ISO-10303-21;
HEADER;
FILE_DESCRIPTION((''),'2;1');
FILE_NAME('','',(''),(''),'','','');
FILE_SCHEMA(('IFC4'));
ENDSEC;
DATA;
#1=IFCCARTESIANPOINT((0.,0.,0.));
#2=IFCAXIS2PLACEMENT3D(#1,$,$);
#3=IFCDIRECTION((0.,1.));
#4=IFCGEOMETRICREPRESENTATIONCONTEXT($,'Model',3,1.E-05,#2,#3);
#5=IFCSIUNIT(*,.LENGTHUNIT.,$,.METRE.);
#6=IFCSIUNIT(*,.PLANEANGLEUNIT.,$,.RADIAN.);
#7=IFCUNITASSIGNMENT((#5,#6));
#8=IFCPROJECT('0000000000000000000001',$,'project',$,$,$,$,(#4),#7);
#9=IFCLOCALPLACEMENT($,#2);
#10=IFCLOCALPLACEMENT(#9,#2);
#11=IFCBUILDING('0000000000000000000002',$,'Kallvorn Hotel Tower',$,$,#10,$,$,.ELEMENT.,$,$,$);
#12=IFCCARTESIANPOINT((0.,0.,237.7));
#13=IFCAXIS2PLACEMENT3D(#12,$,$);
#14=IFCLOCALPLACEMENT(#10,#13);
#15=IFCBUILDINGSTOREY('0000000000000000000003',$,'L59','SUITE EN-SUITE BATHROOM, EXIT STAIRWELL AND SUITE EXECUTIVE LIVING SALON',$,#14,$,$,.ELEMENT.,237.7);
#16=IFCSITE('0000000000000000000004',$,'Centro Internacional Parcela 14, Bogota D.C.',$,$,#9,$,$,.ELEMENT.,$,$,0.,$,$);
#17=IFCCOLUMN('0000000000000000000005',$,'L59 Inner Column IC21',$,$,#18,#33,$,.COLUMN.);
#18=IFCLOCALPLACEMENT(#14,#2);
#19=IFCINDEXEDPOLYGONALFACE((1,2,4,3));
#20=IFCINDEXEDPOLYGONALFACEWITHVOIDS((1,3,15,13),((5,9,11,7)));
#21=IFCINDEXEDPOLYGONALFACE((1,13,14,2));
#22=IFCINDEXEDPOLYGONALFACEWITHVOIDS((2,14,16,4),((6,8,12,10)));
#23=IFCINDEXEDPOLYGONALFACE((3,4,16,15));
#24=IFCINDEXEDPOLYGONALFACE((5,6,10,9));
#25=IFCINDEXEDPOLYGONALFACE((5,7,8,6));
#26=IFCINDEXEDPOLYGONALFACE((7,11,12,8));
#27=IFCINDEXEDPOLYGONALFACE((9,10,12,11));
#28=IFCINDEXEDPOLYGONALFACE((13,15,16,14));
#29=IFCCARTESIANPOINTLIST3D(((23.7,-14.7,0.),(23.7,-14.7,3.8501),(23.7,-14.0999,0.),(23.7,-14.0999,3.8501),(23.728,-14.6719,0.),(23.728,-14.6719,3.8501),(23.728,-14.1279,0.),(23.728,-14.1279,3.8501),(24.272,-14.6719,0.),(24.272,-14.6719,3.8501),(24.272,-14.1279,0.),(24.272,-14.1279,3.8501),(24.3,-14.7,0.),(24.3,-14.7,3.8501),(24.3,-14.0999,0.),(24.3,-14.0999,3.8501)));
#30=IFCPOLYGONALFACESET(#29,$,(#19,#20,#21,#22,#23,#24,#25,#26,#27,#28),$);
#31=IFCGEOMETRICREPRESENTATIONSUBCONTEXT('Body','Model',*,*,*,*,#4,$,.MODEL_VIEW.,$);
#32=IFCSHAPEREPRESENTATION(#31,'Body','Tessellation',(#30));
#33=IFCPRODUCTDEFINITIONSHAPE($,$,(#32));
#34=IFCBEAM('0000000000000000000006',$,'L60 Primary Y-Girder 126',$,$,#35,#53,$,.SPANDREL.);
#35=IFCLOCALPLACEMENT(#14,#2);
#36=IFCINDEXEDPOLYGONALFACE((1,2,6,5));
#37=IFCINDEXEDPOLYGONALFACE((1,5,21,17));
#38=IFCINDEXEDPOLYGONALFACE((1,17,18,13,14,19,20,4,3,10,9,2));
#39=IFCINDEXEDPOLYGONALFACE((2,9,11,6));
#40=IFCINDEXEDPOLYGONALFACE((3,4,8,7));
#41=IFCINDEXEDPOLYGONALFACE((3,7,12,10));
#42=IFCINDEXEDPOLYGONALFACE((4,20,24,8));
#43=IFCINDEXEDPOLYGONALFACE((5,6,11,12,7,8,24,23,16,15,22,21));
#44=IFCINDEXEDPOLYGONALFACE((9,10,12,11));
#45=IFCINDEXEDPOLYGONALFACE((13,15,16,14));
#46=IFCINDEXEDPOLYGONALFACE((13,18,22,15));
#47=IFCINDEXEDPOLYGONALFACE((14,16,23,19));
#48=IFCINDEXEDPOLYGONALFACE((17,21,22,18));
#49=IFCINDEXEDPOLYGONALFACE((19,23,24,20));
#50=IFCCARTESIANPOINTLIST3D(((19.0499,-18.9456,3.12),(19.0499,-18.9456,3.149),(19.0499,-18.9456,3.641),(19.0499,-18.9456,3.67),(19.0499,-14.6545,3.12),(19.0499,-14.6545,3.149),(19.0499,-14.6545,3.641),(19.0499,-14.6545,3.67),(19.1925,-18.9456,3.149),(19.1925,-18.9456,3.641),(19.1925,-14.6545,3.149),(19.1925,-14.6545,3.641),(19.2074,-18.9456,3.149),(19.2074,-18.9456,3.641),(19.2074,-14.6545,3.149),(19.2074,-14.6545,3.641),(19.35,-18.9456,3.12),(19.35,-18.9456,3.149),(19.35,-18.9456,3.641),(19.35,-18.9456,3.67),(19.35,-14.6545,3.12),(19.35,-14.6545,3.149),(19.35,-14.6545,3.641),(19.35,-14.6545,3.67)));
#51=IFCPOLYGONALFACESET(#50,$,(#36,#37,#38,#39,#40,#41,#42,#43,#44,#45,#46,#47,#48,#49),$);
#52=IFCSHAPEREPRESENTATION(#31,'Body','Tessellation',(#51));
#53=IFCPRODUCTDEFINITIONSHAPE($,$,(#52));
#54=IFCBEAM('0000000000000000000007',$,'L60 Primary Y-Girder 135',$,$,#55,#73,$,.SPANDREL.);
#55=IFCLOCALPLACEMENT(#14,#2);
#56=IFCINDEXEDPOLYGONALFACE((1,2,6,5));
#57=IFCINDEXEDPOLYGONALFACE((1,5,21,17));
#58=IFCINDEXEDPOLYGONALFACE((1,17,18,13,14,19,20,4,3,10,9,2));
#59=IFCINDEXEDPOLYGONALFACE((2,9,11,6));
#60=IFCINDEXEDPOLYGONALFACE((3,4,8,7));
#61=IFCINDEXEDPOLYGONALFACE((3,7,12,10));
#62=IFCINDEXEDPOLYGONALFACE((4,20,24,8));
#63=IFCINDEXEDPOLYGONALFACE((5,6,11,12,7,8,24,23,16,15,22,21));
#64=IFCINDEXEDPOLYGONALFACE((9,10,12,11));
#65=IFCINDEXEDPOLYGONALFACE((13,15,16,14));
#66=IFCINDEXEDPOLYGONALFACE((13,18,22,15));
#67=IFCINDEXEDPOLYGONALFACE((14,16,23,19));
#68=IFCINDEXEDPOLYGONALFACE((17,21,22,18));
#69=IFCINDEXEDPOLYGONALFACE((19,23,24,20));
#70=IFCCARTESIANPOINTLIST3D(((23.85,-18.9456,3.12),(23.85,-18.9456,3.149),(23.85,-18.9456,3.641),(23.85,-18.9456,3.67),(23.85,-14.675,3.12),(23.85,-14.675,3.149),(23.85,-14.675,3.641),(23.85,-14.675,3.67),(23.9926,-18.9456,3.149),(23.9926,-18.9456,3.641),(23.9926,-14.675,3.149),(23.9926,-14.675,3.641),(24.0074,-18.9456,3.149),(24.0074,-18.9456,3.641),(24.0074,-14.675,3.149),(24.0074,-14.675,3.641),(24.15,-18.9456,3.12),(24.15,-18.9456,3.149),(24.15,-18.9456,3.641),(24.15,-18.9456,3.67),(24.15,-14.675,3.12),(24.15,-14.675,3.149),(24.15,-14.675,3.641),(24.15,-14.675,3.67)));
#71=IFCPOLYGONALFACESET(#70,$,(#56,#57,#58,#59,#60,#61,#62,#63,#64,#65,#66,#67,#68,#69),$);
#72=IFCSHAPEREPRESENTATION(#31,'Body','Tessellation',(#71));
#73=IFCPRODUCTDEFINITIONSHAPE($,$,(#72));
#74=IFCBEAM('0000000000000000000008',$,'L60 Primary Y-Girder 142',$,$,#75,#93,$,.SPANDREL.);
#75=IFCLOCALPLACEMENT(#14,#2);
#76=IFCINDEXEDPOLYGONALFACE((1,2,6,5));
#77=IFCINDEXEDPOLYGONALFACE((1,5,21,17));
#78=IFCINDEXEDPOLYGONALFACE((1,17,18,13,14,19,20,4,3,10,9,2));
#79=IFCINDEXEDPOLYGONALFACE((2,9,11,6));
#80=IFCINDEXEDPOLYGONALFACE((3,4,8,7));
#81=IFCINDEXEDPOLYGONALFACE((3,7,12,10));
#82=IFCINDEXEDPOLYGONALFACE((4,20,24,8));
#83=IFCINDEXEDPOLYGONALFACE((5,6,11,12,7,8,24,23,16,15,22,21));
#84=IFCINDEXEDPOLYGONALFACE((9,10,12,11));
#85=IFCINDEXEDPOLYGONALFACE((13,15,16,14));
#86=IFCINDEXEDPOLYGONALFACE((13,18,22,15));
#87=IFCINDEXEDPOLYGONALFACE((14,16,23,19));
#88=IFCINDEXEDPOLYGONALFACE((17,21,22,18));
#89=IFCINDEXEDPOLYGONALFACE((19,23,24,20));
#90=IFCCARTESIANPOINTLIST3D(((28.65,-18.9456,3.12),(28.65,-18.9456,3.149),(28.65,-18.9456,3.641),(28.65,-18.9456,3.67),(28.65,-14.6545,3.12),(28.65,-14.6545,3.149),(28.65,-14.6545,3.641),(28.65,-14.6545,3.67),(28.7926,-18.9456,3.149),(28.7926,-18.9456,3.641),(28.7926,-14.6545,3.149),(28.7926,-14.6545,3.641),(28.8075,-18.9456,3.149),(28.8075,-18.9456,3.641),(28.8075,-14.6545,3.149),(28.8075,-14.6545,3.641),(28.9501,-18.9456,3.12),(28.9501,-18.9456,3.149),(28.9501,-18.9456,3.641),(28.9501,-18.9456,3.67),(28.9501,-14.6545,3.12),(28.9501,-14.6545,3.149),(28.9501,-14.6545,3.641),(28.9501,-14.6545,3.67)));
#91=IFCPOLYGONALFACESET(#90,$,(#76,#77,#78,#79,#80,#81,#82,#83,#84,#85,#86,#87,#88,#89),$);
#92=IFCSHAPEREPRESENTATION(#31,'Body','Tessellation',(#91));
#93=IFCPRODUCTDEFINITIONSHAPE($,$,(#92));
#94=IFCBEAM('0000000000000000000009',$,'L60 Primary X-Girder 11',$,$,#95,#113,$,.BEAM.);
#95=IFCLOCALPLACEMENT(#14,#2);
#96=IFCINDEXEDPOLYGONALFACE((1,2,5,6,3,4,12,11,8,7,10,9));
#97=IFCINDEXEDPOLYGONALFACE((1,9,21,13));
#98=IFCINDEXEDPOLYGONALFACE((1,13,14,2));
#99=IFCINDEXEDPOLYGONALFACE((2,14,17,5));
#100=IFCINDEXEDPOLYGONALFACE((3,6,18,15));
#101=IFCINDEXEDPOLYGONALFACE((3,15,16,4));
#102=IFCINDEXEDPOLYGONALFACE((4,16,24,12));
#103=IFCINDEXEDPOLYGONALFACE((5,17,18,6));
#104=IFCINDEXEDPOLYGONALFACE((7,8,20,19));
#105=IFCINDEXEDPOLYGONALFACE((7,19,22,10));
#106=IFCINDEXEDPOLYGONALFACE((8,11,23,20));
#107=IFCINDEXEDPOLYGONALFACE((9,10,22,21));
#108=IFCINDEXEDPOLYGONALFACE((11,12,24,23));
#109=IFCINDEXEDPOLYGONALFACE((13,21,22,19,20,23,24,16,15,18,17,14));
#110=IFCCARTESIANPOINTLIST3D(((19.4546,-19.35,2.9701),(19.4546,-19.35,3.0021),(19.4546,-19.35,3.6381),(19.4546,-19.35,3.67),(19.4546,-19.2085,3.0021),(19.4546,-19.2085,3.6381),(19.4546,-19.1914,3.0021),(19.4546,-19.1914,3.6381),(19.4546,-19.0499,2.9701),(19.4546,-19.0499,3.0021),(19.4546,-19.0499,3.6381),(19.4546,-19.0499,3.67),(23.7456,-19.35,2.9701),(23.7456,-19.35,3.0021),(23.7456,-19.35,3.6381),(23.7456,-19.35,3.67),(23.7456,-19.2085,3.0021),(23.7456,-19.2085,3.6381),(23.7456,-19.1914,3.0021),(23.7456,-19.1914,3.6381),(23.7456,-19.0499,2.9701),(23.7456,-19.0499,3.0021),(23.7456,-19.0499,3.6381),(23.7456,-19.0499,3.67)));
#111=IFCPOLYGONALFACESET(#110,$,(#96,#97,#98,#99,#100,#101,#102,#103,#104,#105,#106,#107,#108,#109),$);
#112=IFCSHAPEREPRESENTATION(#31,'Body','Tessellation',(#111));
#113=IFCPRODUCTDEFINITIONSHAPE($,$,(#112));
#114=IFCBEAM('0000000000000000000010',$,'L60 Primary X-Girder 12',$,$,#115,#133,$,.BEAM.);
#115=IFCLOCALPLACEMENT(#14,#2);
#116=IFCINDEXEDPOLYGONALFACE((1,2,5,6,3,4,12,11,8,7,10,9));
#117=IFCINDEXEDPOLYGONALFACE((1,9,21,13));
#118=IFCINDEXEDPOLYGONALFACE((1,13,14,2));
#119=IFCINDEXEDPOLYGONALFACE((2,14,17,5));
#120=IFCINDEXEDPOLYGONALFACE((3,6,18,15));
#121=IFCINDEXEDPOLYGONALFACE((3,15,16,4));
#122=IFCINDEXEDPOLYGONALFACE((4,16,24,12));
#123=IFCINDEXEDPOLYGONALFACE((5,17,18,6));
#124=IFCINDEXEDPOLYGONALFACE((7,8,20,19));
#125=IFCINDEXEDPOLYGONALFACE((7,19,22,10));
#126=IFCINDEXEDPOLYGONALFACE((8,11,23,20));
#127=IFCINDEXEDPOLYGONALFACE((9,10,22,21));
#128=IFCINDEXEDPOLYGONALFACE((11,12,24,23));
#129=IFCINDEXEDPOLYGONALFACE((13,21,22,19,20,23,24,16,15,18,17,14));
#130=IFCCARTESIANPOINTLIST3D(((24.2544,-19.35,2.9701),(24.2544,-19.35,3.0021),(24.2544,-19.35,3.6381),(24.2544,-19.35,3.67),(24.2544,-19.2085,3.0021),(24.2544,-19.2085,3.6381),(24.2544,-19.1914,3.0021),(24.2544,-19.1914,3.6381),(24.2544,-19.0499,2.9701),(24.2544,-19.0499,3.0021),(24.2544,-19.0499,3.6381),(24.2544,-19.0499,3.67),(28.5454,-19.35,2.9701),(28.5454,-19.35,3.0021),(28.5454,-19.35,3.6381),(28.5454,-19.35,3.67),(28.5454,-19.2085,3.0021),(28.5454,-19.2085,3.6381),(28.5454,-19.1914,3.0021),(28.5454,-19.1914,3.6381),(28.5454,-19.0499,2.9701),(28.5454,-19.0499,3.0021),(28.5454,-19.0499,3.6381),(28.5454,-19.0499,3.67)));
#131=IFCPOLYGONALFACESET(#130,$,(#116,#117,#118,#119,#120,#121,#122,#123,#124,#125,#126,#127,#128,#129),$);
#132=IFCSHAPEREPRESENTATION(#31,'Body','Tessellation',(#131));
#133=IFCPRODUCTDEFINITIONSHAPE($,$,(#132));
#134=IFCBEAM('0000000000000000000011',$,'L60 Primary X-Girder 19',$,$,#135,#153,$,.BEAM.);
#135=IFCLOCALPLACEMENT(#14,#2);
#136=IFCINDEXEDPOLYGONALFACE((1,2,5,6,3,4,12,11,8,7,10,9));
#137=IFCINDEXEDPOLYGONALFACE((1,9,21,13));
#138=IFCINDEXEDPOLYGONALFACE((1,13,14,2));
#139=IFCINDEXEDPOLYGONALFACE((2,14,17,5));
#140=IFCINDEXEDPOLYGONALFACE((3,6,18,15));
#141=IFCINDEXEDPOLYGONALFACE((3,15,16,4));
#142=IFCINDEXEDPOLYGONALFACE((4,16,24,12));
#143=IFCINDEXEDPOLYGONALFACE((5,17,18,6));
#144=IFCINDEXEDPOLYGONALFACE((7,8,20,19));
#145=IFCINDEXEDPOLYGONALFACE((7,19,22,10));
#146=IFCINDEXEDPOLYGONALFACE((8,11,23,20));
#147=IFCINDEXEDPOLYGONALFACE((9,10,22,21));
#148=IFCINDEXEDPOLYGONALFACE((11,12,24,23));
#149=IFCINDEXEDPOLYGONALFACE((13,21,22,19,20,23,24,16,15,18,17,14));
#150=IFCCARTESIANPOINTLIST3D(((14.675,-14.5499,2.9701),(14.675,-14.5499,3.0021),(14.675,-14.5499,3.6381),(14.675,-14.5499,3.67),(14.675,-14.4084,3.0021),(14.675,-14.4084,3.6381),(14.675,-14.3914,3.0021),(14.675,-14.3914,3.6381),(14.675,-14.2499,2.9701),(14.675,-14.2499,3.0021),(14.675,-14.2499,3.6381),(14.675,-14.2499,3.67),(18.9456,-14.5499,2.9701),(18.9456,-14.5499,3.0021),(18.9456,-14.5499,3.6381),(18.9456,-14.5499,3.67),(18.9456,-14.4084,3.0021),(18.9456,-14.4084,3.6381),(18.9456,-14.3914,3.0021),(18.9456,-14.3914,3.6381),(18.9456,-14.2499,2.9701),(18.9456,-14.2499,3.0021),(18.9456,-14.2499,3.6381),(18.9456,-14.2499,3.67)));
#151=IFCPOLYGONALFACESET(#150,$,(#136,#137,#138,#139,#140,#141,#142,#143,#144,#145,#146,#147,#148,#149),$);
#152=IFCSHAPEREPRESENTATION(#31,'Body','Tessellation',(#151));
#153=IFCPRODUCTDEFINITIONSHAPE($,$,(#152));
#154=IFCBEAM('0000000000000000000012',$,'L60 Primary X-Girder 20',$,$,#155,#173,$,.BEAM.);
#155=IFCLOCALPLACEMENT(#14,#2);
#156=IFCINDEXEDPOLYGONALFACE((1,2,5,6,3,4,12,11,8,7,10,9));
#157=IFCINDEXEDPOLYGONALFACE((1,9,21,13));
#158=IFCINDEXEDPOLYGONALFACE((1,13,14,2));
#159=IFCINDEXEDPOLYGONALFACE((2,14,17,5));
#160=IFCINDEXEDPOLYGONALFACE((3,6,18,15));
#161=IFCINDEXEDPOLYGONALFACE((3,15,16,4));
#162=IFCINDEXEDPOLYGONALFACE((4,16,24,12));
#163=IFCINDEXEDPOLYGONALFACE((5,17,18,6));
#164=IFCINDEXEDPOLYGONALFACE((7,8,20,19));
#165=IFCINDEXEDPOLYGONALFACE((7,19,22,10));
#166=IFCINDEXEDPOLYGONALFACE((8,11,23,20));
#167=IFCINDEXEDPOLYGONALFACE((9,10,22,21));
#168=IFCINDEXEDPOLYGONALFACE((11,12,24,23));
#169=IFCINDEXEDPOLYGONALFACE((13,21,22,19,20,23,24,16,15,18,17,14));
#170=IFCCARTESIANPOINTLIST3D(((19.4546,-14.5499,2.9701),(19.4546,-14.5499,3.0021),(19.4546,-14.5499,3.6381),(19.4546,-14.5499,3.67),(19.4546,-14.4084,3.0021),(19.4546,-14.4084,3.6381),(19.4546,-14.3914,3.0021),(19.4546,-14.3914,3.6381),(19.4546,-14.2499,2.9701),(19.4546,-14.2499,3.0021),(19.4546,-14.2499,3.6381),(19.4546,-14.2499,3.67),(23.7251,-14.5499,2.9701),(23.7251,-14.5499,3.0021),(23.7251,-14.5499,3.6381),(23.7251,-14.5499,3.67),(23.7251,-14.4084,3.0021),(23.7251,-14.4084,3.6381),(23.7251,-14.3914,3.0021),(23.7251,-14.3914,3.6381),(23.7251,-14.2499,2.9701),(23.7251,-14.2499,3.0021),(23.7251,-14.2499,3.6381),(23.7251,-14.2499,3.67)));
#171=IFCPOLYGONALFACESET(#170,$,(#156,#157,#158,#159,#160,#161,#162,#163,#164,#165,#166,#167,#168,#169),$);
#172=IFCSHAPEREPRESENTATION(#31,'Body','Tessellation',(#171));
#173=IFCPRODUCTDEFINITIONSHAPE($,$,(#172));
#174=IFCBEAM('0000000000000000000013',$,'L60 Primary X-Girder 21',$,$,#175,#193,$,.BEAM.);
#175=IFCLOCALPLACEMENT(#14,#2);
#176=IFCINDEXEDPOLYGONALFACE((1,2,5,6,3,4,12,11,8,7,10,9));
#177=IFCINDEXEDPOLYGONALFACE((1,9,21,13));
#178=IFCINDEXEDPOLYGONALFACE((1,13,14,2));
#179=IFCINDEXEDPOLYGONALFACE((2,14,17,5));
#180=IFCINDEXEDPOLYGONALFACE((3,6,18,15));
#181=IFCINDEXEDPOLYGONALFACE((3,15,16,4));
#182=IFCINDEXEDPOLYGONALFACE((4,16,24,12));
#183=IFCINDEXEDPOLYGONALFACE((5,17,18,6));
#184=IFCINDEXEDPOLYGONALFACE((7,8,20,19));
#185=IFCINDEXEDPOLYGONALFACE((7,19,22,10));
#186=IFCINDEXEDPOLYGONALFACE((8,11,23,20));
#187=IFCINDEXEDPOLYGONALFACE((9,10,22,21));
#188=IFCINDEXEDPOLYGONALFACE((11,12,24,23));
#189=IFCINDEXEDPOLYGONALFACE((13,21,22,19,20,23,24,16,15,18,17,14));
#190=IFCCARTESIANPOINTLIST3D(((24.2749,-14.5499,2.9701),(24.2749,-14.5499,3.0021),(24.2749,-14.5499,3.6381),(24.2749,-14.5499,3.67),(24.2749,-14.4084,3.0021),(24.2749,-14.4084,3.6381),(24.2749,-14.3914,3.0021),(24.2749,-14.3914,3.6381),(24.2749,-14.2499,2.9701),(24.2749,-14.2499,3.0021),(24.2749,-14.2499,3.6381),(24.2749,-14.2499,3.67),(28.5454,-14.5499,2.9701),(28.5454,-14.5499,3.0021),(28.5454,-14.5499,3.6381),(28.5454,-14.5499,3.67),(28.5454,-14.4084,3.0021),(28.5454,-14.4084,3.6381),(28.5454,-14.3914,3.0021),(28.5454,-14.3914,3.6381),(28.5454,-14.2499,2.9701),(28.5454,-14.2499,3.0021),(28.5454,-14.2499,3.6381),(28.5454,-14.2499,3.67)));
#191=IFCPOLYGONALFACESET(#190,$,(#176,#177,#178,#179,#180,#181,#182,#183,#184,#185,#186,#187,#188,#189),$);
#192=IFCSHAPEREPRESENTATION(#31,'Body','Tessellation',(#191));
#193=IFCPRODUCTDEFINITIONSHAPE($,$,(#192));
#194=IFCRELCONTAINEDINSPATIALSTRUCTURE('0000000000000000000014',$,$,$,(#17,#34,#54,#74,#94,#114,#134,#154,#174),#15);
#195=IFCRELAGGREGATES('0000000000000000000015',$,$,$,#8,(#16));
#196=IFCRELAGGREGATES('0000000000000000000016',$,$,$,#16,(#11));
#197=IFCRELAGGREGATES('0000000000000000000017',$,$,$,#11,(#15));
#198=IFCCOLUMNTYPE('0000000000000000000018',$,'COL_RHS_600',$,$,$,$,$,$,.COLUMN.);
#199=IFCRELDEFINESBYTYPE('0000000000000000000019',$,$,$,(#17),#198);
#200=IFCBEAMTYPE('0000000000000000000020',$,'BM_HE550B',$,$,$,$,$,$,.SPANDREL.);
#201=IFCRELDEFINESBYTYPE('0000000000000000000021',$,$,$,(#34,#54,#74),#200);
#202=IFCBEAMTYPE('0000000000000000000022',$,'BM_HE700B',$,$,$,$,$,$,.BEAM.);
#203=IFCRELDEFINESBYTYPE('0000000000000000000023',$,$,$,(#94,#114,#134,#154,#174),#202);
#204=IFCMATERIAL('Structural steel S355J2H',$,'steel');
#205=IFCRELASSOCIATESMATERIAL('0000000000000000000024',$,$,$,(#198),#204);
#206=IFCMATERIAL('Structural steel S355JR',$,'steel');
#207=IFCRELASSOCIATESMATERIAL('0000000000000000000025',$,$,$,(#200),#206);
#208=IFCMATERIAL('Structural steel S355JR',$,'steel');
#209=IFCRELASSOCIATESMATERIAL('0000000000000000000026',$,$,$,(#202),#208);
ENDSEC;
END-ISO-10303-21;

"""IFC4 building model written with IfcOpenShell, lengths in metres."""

from ifc_helpers import new_model, si_unit, direction, frame, origin, origin_2d, place, context, subcontext, project, spatial, hollow_rectangle, i_section, extrude, material, material_profile, profile_set, type_object, element, save


model = new_model("IFC4")

# Units and contexts
model_context = context("Model", 3, precision=1e-05, world=origin(), true_north=direction((0.0, 1.0)))
body_context = subcontext(model_context, "Body", "Model", "MODEL_VIEW")
ifc_project = project(units=[si_unit("LENGTHUNIT", "METRE"), si_unit("PLANEANGLEUNIT", "RADIAN")], contexts=[model_context])

# Site, building, storey
site_placement = place(None, origin())
site = spatial("IfcSite", under=ifc_project, at=site_placement, Name="Centro Internacional Parcela 14, Bogota D.C.", CompositionType="ELEMENT", RefElevation=0.0)
building_placement = place(site_placement, origin())
building = spatial("IfcBuilding", under=site, at=building_placement, Name="Kallvorn Hotel Tower", CompositionType="ELEMENT")
storey_placement = place(building_placement, frame((0.0, 0.0, 237.7)))
storey = spatial("IfcBuildingStorey", under=building, at=storey_placement, Name="L59", Description="SUITE EN-SUITE BATHROOM, EXIT STAIRWELL AND SUITE EXECUTIVE LIVING SALON", CompositionType="ELEMENT", Elevation=237.7)

# Column
ifc_material_1 = material(Name="Structural steel S355J2H", Category="steel")
ifc_material_profile_1 = material_profile(ifc_material_1, hollow_rectangle(XDim=0.6001, YDim=0.6001, WallThickness=0.0281, at=origin_2d()), Name="RHS 600x600x28")
ifc_profile_set_1 = profile_set([ifc_material_profile_1], Name="Structural steel S355J2H")
column_type_1 = type_object("IfcColumnType", Name="COL_RHS_600", PredefinedType="COLUMN", material=ifc_profile_set_1)
column_placement = place(storey_placement, frame((24.0, -14.3999, 0.0), z_axis=(0.0, 0.0, 1.0), x_axis=(1.0, 0.0, 0.0)))
element("IfcColumn", 1, at=column_placement, inside=storey, type_object=column_type_1, Name="L59 Inner Column IC21", PredefinedType="COLUMN", context=body_context, shape_type="SweptSolid", body=[
    extrude(hollow_rectangle(XDim=0.6001, YDim=0.6001, WallThickness=0.0281, at=origin_2d()), origin(), (0.0, 0.0, 1.0), 3.8501),
])

# Beams
ifc_material_2 = material(Name="Structural steel S355JR", Category="steel")
ifc_material_profile_2 = material_profile(ifc_material_2, i_section(OverallWidth=0.3, OverallDepth=0.55, WebThickness=0.0149, FlangeThickness=0.0291, at=origin_2d()), Name="HE 550 B")
ifc_profile_set_2 = profile_set([ifc_material_profile_2], Name="Structural steel S355JR")
beam_type_1 = type_object("IfcBeamType", Name="BM_HE550B", PredefinedType="SPANDREL", material=ifc_profile_set_2)
beam_1_placement = place(storey_placement, frame((19.2, -18.9456, 3.395), z_axis=(0.0, 1.0, 0.0), x_axis=(-1.0, 0.0, 0.0)))
element("IfcBeam", 2, at=beam_1_placement, inside=storey, type_object=beam_type_1, Name="L60 Primary Y-Girder 126", PredefinedType="SPANDREL", context=body_context, shape_type="SweptSolid", body=[
    extrude(i_section(OverallWidth=0.3, OverallDepth=0.55, WebThickness=0.0149, FlangeThickness=0.0291, at=origin_2d()), origin(), (0.0, 0.0, 1.0), 4.291),
])
beam_2_placement = place(storey_placement, frame((24.0, -18.9456, 3.395), z_axis=(0.0, 1.0, 0.0), x_axis=(-1.0, 0.0, 0.0)))
element("IfcBeam", 3, at=beam_2_placement, inside=storey, type_object=beam_type_1, Name="L60 Primary Y-Girder 135", PredefinedType="SPANDREL", context=body_context, shape_type="SweptSolid", body=[
    extrude(i_section(OverallWidth=0.3, OverallDepth=0.55, WebThickness=0.0149, FlangeThickness=0.0291, at=origin_2d()), origin(), (0.0, 0.0, 1.0), 4.2705),
])
beam_3_placement = place(storey_placement, frame((28.8, -18.9456, 3.395), z_axis=(0.0, 1.0, 0.0), x_axis=(-1.0, 0.0, 0.0)))
element("IfcBeam", 4, at=beam_3_placement, inside=storey, type_object=beam_type_1, Name="L60 Primary Y-Girder 142", PredefinedType="SPANDREL", context=body_context, shape_type="SweptSolid", body=[
    extrude(i_section(OverallWidth=0.3, OverallDepth=0.55, WebThickness=0.0149, FlangeThickness=0.0291, at=origin_2d()), origin(), (0.0, 0.0, 1.0), 4.291),
])
ifc_material_3 = material(Name="Structural steel S355JR", Category="steel")
ifc_material_profile_3 = material_profile(ifc_material_3, i_section(OverallWidth=0.3, OverallDepth=0.7, WebThickness=0.0171, FlangeThickness=0.032, at=origin_2d()), Name="HE 700 B")
ifc_profile_set_3 = profile_set([ifc_material_profile_3], Name="Structural steel S355JR")
beam_type_2 = type_object("IfcBeamType", Name="BM_HE700B", PredefinedType="BEAM", material=ifc_profile_set_3)
for number, where, z_axis, x_axis, name in (
    (5, (19.4546, -19.2, 3.3201), (1.0, 0.0, 0.0), (0.0, 1.0, 0.0), "L60 Primary X-Girder 11"),
    (6, (24.2544, -19.2, 3.3201), (1.0, 0.0, 0.0), (0.0, 1.0, 0.0), "L60 Primary X-Girder 12"),
):
    element("IfcBeam", number, at=place(storey_placement, frame(where, z_axis=z_axis, x_axis=x_axis)), inside=storey, type_object=beam_type_2, Name=name, PredefinedType="BEAM", context=body_context, shape_type="SweptSolid", body=[
        extrude(i_section(OverallWidth=0.3, OverallDepth=0.7, WebThickness=0.0171, FlangeThickness=0.032, at=origin_2d()), origin(), (0.0, 0.0, 1.0), 4.291),
    ])
for number, where, z_axis, x_axis, name in (
    (7, (14.675, -14.3999, 3.3201), (1.0, 0.0, 0.0), (0.0, 1.0, 0.0), "L60 Primary X-Girder 19"),
    (8, (19.4546, -14.3999, 3.3201), (1.0, 0.0, 0.0), (0.0, 1.0, 0.0), "L60 Primary X-Girder 20"),
    (9, (24.2749, -14.3999, 3.3201), (1.0, 0.0, 0.0), (0.0, 1.0, 0.0), "L60 Primary X-Girder 21"),
):
    element("IfcBeam", number, at=place(storey_placement, frame(where, z_axis=z_axis, x_axis=x_axis)), inside=storey, type_object=beam_type_2, Name=name, PredefinedType="BEAM", context=body_context, shape_type="SweptSolid", body=[
        extrude(i_section(OverallWidth=0.3, OverallDepth=0.7, WebThickness=0.0171, FlangeThickness=0.032, at=origin_2d()), origin(), (0.0, 0.0, 1.0), 4.2705),
    ])

save(model, "model.ifc")
